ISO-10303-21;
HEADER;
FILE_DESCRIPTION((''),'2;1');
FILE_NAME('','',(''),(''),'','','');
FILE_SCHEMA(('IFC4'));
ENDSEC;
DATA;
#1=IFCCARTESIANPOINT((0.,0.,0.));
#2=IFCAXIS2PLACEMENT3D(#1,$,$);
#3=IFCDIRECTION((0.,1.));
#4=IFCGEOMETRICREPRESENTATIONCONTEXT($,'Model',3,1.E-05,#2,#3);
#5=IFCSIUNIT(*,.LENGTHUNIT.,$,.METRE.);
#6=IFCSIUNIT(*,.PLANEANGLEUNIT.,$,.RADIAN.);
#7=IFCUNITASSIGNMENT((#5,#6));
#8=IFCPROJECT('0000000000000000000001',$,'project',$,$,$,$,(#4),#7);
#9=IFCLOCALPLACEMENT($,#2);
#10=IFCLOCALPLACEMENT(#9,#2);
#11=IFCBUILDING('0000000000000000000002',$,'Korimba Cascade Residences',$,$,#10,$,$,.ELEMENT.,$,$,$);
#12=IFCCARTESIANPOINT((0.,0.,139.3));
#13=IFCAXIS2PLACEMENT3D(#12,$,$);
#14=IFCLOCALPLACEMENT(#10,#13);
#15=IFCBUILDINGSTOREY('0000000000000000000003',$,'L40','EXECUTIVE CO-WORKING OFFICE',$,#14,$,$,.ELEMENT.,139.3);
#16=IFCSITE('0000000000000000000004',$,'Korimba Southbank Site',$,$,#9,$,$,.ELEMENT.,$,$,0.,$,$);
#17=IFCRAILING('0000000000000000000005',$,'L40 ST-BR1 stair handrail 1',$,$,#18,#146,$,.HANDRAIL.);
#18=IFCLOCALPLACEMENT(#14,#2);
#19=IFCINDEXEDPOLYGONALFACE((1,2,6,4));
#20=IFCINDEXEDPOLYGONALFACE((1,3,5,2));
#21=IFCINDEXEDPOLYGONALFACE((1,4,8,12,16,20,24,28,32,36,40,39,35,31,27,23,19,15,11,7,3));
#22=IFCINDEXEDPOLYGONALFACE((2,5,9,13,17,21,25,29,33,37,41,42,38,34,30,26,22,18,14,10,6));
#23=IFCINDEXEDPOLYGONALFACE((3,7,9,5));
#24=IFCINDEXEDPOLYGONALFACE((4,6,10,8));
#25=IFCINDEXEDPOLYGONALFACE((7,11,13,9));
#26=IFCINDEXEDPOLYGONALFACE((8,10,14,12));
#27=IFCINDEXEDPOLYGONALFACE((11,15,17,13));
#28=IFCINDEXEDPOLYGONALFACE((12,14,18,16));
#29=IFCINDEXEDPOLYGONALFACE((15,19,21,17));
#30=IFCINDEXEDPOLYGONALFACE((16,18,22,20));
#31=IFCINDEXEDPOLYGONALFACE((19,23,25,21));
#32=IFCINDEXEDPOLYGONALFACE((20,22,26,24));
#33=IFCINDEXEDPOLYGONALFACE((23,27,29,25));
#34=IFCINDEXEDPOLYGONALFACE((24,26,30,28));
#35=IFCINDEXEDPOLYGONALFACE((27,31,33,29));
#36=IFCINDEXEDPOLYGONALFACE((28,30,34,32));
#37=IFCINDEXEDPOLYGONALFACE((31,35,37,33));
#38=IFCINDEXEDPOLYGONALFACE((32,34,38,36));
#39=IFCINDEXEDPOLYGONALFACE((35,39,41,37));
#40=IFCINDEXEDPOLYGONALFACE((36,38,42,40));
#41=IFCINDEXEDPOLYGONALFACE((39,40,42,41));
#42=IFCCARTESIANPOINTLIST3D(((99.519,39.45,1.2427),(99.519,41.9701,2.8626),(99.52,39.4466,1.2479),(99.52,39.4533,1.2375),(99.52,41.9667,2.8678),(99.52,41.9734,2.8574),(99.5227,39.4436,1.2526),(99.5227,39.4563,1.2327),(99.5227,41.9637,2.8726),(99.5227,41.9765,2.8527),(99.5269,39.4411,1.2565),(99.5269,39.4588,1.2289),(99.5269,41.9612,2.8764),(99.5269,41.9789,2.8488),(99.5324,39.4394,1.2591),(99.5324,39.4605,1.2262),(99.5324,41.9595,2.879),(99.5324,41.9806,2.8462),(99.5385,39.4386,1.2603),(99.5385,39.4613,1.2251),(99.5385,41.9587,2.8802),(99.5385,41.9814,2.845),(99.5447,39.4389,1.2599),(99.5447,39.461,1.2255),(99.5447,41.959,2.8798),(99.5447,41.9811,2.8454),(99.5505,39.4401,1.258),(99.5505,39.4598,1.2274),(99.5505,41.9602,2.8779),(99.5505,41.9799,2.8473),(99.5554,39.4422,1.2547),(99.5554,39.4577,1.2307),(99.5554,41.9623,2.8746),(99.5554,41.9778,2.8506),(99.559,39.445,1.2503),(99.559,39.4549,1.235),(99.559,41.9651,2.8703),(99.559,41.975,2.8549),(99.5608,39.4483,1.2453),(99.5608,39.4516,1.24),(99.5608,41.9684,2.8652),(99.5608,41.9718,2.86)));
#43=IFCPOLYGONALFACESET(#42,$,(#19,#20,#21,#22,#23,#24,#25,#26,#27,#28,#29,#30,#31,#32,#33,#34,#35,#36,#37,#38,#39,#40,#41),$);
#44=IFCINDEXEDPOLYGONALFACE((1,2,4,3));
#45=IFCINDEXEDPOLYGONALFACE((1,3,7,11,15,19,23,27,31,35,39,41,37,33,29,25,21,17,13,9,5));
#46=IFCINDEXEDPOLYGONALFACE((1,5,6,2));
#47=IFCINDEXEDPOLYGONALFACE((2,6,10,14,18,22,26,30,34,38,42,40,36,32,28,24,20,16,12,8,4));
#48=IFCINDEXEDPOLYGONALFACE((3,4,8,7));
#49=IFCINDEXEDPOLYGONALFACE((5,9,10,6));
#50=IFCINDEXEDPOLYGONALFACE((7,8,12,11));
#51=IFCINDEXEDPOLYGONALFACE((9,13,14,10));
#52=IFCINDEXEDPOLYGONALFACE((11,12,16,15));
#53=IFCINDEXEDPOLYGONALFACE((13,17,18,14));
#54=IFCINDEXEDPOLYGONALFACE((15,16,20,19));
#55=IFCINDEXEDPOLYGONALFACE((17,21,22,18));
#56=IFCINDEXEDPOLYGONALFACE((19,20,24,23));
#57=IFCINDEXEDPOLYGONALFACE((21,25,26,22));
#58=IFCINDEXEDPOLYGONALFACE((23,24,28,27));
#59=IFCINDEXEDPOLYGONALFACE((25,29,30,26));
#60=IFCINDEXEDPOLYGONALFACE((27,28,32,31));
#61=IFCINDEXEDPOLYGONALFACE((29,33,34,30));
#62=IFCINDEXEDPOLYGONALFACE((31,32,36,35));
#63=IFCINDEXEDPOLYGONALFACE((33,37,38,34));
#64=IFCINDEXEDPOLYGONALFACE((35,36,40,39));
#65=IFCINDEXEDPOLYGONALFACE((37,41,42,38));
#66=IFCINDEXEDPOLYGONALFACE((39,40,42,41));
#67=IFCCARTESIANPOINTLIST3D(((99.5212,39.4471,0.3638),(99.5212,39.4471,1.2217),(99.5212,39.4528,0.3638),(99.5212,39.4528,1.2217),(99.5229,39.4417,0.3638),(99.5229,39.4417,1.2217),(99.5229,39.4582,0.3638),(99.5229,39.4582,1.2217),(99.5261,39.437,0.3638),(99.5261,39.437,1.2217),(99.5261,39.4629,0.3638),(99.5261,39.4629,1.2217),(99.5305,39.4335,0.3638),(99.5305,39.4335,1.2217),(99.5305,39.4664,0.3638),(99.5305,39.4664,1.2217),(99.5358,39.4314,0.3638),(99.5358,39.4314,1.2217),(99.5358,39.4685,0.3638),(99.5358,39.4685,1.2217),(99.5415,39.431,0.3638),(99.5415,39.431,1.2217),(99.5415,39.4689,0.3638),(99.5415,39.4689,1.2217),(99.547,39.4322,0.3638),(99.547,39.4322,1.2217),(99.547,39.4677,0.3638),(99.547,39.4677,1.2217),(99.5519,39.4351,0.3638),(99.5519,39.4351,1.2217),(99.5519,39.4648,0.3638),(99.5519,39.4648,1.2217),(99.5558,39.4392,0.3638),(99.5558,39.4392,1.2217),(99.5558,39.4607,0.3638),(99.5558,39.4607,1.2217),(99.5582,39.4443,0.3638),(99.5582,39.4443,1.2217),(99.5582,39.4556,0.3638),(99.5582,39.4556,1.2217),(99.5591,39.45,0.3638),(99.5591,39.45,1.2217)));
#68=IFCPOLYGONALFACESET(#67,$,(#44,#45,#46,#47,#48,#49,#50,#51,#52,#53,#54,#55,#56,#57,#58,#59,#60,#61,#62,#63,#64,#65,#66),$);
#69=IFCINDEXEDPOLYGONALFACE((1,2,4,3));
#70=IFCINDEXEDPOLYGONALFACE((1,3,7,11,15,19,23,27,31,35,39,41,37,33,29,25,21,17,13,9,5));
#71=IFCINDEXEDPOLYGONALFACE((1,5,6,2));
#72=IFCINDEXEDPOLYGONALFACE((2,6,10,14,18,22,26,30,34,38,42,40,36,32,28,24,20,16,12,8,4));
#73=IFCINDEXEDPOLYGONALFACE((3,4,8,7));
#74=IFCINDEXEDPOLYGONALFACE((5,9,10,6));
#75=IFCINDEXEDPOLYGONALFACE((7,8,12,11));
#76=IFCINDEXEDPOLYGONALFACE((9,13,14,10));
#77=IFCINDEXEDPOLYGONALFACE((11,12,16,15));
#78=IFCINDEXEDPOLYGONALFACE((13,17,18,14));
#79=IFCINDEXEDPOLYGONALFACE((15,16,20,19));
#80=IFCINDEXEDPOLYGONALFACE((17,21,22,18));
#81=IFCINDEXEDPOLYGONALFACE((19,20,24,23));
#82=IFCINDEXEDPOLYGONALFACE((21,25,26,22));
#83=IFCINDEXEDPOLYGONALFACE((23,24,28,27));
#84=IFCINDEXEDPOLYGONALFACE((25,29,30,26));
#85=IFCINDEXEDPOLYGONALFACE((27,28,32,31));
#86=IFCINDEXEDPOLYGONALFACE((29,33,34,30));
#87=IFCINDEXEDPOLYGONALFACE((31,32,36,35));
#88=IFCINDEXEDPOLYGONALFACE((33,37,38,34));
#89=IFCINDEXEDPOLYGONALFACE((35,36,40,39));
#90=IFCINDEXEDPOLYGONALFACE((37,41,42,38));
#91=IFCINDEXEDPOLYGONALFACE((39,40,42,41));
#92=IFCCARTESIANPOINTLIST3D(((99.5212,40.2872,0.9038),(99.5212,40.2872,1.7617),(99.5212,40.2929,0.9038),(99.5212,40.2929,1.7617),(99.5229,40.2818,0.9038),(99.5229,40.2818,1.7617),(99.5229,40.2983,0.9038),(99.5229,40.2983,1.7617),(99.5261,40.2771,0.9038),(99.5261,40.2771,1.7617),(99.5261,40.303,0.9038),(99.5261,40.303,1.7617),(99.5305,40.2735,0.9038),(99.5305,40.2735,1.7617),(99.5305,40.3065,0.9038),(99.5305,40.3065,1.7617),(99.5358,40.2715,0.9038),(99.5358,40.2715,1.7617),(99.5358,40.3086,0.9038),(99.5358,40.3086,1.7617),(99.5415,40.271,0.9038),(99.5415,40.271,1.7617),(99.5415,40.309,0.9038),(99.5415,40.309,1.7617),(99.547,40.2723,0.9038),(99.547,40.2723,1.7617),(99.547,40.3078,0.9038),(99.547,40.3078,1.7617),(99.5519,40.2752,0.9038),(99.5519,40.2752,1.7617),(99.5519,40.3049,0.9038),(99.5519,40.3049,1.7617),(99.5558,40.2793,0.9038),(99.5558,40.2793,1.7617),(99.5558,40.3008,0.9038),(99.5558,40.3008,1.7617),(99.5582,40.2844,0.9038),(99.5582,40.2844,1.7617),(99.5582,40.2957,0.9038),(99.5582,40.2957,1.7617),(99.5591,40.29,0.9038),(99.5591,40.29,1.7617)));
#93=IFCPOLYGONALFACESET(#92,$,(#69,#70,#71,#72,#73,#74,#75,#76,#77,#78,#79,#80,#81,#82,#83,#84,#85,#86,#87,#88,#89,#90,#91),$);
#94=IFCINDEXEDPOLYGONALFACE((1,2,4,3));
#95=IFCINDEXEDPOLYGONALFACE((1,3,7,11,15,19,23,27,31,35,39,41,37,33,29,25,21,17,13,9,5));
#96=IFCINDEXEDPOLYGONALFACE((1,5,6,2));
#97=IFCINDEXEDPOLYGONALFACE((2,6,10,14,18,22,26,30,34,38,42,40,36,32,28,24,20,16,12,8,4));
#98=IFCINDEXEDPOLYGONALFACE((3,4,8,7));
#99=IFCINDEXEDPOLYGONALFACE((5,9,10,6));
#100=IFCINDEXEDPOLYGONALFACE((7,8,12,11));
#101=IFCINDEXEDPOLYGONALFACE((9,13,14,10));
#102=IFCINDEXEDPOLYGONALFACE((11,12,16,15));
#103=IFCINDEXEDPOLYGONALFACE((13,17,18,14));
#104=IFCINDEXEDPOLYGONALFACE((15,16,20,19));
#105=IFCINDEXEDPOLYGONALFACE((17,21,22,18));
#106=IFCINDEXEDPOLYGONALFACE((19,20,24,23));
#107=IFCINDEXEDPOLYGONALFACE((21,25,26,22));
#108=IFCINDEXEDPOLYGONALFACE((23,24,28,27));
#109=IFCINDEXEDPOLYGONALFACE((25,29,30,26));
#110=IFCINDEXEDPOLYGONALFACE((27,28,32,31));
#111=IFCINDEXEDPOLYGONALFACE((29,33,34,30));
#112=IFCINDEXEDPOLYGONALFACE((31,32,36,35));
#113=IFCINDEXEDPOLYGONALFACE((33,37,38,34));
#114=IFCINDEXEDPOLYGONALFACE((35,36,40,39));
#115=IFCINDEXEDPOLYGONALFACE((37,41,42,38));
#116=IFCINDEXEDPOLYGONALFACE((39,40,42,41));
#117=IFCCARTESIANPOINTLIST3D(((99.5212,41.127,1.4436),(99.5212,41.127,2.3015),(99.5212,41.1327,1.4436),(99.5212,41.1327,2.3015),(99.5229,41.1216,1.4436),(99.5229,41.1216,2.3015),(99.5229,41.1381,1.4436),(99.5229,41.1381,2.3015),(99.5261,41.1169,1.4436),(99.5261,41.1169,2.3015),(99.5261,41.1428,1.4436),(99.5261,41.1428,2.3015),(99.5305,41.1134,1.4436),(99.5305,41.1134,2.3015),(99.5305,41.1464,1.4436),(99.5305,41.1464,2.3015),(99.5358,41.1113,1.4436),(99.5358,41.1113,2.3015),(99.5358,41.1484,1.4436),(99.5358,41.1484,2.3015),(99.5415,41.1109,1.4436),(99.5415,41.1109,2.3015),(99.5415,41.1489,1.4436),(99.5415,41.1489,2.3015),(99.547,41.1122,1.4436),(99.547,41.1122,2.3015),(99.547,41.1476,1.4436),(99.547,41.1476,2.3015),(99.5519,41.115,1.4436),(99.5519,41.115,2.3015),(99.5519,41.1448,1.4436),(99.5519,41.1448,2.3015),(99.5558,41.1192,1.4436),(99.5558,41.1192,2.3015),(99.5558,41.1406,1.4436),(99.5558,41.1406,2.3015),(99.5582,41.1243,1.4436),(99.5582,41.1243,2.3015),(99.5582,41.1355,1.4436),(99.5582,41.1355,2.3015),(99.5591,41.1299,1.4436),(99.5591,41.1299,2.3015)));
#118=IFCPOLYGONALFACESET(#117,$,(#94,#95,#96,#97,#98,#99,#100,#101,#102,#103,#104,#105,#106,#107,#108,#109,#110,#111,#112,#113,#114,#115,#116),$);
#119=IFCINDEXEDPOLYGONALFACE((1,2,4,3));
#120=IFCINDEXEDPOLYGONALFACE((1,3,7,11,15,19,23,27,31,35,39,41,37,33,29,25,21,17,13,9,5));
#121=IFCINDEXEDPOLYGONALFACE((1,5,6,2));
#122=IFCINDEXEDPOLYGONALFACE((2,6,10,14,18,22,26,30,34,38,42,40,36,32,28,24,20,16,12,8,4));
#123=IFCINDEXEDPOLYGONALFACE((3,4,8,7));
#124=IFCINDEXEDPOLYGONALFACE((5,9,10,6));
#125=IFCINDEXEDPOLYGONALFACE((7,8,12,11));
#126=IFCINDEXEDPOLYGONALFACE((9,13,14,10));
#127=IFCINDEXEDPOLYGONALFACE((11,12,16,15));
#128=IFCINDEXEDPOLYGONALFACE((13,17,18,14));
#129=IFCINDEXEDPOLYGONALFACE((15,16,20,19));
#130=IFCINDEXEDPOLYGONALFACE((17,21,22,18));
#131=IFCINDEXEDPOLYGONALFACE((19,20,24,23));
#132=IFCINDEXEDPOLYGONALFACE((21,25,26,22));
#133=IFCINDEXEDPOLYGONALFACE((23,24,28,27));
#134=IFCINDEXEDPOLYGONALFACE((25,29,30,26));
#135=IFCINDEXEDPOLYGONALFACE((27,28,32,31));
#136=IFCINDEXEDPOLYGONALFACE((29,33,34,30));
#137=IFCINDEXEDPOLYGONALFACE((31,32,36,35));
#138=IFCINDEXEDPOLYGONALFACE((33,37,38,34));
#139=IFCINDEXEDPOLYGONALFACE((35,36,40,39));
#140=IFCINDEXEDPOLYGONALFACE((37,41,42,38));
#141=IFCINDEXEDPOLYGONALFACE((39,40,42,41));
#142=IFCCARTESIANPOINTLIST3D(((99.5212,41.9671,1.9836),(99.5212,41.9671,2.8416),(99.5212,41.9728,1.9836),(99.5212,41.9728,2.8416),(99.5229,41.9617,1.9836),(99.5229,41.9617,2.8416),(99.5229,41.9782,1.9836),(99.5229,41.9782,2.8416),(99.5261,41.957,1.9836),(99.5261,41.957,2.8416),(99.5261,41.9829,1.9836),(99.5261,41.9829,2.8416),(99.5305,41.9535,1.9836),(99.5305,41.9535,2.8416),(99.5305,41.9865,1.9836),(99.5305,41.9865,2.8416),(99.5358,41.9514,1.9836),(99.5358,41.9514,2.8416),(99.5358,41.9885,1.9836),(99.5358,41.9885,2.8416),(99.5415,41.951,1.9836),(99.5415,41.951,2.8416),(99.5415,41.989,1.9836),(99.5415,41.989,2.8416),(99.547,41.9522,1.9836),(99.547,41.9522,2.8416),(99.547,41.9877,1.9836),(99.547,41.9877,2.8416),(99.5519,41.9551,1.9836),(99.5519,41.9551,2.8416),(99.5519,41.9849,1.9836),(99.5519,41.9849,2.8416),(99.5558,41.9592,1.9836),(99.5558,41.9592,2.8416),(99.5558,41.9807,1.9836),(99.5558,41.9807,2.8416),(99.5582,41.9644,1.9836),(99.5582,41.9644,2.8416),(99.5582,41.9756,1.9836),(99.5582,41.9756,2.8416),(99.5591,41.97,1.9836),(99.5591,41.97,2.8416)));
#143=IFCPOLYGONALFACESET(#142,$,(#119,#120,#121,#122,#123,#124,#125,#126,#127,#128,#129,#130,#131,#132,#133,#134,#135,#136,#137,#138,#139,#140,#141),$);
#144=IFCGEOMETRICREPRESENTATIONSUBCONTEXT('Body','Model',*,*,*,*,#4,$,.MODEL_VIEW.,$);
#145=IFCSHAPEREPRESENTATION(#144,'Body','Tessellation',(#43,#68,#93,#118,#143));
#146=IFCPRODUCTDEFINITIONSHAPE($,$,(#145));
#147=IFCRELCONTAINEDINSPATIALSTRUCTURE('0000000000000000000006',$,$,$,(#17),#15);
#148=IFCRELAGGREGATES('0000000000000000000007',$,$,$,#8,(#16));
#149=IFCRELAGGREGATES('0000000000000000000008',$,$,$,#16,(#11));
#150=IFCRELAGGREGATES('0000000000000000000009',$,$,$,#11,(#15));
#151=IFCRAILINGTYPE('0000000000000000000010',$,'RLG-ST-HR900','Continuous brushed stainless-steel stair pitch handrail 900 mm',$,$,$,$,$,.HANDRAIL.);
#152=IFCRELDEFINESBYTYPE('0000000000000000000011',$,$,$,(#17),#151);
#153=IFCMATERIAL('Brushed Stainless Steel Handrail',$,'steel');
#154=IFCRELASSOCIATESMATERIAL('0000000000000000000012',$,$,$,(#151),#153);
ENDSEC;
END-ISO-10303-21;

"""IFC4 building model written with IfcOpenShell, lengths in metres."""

from ifc_helpers import new_model, si_unit, direction, frame, origin, origin_2d, place, context, subcontext, project, spatial, circle, extrude, material, type_object, element, save


model = new_model("IFC4")

# Units and contexts
model_context = context("Model", 3, precision=1e-05, world=origin(), true_north=direction((0.0, 1.0)))
body_context = subcontext(model_context, "Body", "Model", "MODEL_VIEW")
ifc_project = project(units=[si_unit("LENGTHUNIT", "METRE"), si_unit("PLANEANGLEUNIT", "RADIAN")], contexts=[model_context])

# Site, building, storey
site_placement = place(None, origin())
site = spatial("IfcSite", under=ifc_project, at=site_placement, Name="Korimba Southbank Site", CompositionType="ELEMENT", RefElevation=0.0)
building_placement = place(site_placement, origin())
building = spatial("IfcBuilding", under=site, at=building_placement, Name="Korimba Cascade Residences", CompositionType="ELEMENT")
storey_placement = place(building_placement, frame((0.0, 0.0, 139.3)))
storey = spatial("IfcBuildingStorey", under=building, at=storey_placement, Name="L40", Description="EXECUTIVE CO-WORKING OFFICE", CompositionType="ELEMENT", Elevation=139.3)

# Railing
ifc_material_1 = material(Name="Brushed Stainless Steel Handrail", Category="steel")
railing_type_1 = type_object("IfcRailingType", Name="RLG-ST-HR900", Description="Continuous brushed stainless-steel stair pitch handrail 900 mm", PredefinedType="HANDRAIL", material=ifc_material_1)
railing_1_placement = place(storey_placement, frame((99.54, 39.45, 0.3638)))
element("IfcRailing", 1, at=railing_1_placement, inside=storey, type_object=railing_type_1, Name="L40 ST-BR1 stair handrail 1", PredefinedType="HANDRAIL", context=body_context, shape_type="SweptSolid", body=[
    extrude(circle(Radius=0.021, at=origin_2d()), frame((0.0, 0.0, 0.8789), z_axis=(0.0, 0.8412, 0.540725), x_axis=(-1.0, 0.0, 0.0)), (0.0, 0.0, 1.0), 2.9958),
    extrude(circle(Radius=0.019, at=origin_2d()), origin(), (0.0, 0.0, 1.0), 0.8579),
    extrude(circle(Radius=0.019, at=origin_2d()), frame((0.0, 0.8401, 0.54)), (0.0, 0.0, 1.0), 0.8579),
    extrude(circle(Radius=0.019, at=origin_2d()), frame((0.0, 1.6799, 1.0798)), (0.0, 0.0, 1.0), 0.8579),
    extrude(circle(Radius=0.019, at=origin_2d()), frame((0.0, 2.52, 1.6199)), (0.0, 0.0, 1.0), 0.8579),
])

save(model, "model.ifc")
